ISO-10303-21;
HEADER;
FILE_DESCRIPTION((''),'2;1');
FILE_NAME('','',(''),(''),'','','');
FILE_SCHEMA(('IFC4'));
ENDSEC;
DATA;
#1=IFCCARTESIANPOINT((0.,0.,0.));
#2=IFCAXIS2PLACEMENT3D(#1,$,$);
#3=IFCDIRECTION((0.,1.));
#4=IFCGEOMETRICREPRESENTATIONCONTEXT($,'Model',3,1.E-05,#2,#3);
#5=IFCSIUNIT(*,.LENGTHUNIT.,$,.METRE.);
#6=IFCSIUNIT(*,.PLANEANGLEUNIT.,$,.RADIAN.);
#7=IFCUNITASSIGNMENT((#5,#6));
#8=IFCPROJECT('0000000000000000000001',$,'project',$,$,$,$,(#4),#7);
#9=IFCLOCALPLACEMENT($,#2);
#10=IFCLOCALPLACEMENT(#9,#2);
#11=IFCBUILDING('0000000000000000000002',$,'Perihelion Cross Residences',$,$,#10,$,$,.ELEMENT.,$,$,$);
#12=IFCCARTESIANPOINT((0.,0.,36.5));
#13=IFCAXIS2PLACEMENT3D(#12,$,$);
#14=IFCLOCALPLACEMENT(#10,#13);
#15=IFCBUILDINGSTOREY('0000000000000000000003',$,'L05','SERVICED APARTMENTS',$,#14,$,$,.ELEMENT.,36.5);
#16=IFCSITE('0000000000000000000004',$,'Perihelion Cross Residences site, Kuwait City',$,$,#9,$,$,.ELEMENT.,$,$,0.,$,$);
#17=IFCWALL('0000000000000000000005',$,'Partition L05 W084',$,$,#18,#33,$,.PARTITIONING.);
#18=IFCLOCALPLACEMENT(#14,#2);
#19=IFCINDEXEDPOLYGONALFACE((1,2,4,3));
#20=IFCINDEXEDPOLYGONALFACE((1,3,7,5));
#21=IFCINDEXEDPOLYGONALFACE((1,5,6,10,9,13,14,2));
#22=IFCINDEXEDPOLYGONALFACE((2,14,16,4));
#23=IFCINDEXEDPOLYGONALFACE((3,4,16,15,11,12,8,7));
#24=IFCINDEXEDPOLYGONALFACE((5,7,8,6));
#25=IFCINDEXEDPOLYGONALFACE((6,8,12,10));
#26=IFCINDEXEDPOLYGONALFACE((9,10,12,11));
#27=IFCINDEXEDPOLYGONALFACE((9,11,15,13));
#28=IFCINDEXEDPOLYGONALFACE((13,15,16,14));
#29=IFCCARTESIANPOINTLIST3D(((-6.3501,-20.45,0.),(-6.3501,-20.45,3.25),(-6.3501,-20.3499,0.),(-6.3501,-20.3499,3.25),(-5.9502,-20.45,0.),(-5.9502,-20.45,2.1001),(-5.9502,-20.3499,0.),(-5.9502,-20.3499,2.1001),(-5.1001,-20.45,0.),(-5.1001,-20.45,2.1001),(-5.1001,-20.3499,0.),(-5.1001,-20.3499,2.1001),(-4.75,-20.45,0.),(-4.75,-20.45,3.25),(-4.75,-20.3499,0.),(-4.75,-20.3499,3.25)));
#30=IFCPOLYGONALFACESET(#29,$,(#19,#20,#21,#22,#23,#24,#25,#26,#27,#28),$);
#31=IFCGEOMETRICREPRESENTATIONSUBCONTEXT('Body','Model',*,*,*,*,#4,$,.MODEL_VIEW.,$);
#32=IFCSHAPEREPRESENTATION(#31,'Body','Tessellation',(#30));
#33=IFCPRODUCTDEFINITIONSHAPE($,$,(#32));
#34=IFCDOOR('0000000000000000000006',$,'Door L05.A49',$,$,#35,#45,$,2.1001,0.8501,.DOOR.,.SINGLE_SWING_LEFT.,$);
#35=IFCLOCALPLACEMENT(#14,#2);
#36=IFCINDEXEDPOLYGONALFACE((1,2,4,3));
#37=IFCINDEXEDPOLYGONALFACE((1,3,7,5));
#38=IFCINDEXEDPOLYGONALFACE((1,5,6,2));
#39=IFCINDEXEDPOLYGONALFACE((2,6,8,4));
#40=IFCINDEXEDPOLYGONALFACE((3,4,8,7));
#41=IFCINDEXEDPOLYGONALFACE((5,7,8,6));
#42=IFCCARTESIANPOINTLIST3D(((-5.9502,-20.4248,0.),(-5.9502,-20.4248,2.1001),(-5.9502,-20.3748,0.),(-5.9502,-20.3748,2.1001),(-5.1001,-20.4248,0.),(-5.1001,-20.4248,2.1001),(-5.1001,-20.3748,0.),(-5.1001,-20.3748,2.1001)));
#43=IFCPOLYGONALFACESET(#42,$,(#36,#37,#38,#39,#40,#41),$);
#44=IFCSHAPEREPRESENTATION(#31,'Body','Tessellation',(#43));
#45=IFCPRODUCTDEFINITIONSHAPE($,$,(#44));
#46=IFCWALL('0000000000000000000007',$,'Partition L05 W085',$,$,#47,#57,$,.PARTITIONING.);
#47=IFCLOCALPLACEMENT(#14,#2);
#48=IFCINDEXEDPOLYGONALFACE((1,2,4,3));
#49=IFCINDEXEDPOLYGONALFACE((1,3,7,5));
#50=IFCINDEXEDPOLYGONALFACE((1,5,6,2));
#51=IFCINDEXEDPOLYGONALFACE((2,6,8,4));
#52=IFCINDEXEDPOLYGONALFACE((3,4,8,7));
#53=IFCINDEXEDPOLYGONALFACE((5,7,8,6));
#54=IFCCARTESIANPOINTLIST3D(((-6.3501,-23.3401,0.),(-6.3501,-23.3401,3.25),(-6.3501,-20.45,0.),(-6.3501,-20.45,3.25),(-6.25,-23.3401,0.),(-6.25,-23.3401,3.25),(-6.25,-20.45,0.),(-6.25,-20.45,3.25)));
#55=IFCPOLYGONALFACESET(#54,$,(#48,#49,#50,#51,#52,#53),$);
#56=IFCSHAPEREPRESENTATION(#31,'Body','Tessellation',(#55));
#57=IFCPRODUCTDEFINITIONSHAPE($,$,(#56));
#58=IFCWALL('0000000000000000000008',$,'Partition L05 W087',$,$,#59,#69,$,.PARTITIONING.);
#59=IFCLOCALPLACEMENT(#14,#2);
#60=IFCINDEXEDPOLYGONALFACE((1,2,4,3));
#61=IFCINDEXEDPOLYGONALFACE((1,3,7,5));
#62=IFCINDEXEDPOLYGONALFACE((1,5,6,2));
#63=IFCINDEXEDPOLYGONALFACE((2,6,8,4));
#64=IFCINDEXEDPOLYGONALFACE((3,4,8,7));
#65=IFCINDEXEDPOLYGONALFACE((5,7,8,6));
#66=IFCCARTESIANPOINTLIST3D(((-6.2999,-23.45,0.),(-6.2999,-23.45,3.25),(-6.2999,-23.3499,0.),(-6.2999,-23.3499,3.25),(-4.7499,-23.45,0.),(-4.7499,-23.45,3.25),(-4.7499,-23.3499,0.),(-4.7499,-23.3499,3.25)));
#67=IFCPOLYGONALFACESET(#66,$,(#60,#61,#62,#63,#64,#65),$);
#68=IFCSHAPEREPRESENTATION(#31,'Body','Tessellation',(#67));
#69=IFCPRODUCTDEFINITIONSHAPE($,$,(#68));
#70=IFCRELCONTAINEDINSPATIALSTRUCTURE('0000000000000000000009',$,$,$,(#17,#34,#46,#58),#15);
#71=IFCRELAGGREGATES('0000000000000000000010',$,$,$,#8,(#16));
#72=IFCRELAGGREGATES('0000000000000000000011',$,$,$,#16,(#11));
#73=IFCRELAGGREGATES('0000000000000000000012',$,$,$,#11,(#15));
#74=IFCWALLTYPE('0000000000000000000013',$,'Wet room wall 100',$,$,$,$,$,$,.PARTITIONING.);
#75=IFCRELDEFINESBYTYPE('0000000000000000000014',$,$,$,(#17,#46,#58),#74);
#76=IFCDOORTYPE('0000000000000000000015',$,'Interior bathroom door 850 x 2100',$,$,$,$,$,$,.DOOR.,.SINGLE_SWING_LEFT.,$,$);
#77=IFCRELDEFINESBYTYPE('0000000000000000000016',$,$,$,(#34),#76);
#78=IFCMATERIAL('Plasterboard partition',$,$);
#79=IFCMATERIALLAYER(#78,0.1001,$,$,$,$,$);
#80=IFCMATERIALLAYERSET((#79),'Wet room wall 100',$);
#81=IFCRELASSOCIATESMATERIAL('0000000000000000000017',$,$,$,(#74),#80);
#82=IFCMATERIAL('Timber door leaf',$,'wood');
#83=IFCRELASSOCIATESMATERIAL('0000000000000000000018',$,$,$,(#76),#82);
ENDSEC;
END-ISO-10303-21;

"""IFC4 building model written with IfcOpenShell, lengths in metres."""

from ifc_helpers import new_model, si_unit, direction, frame, frame_2d, origin, place, context, subcontext, project, spatial, rectangle, extrude, material, layer, layer_set, type_object, element, fill, save


model = new_model("IFC4")

# Units and contexts
model_context = context("Model", 3, precision=1e-05, world=origin(), true_north=direction((0.0, 1.0)))
body_context = subcontext(model_context, "Body", "Model", "MODEL_VIEW")
ifc_project = project(units=[si_unit("LENGTHUNIT", "METRE"), si_unit("PLANEANGLEUNIT", "RADIAN")], contexts=[model_context])

# Site, building, storey
site_placement = place(None, origin())
site = spatial("IfcSite", under=ifc_project, at=site_placement, Name="Perihelion Cross Residences site, Kuwait City", CompositionType="ELEMENT", RefElevation=0.0)
building_placement = place(site_placement, origin())
building = spatial("IfcBuilding", under=site, at=building_placement, Name="Perihelion Cross Residences", CompositionType="ELEMENT")
storey_placement = place(building_placement, frame((0.0, 0.0, 36.5)))
storey = spatial("IfcBuildingStorey", under=building, at=storey_placement, Name="L05", Description="SERVICED APARTMENTS", CompositionType="ELEMENT", Elevation=36.5)

# Wall, opening, door
ifc_material_1 = material(Name="Plasterboard partition")
ifc_layer_1 = layer(ifc_material_1, 0.1001)
ifc_layer_set_1 = layer_set([ifc_layer_1], Name="Wet room wall 100")
wall_type_1 = type_object("IfcWallType", Name="Wet room wall 100", PredefinedType="PARTITIONING", material=ifc_layer_set_1)
wall_1_placement = place(storey_placement, frame((-4.75, -20.3999, 0.0), z_axis=(0.0, 0.0, 1.0), x_axis=(-1.0, 0.0, 0.0)))
wall_1 = element("IfcWall", 1, at=wall_1_placement, inside=storey, type_object=wall_type_1, Name="Partition L05 W084", PredefinedType="PARTITIONING", context=body_context, shape_type="SweptSolid", body=[
    extrude(rectangle(XDim=1.6001, YDim=0.1001, at=frame_2d((0.8, 0.0))), origin(), (0.0, 0.0, 1.0), 3.25),
])
opening_1_placement = place(wall_1_placement, frame((0.3501, 0.0, 0.0)))
opening_1 = element("IfcOpeningElement", 2, at=opening_1_placement, cuts=wall_1, PredefinedType="OPENING", context=body_context, shape_type="SweptSolid", body=[
    extrude(rectangle(XDim=0.8501, YDim=2.1001, at=frame_2d((0.425, 1.05))), frame((0.0, 0.0601, 0.0), z_axis=(0.0, -1.0, 0.0), x_axis=(1.0, 0.0, 0.0)), (0.0, 0.0, 1.0), 0.1201),
])
ifc_material_2 = material(Name="Timber door leaf", Category="wood")
door_type_1 = type_object("IfcDoorType", Name="Interior bathroom door 850 x 2100", OperationType="SINGLE_SWING_LEFT", PredefinedType="DOOR", material=ifc_material_2)
door_1_placement = place(opening_1_placement, origin())
door_1 = element("IfcDoor", 3, at=door_1_placement, inside=storey, type_object=door_type_1, Name="Door L05.A49", OperationType="SINGLE_SWING_LEFT", OverallHeight=2.1001, OverallWidth=0.8501, PredefinedType="DOOR", context=body_context, shape_type="SweptSolid", body=[
    extrude(rectangle(XDim=0.8501, YDim=2.1001, at=frame_2d((0.425, 1.05))), frame((0.0, 0.0249, 0.0), z_axis=(0.0, -1.0, 0.0), x_axis=(1.0, 0.0, 0.0)), (0.0, 0.0, 1.0), 0.05),
])
fill(opening_1, door_1)

# Walls
wall_2_placement = place(storey_placement, frame((-6.3, -20.45, 0.0), z_axis=(0.0, 0.0, 1.0), x_axis=(0.0, -1.0, 0.0)))
element("IfcWall", 4, at=wall_2_placement, inside=storey, type_object=wall_type_1, Name="Partition L05 W085", PredefinedType="PARTITIONING", context=body_context, shape_type="SweptSolid", body=[
    extrude(rectangle(XDim=2.8901, YDim=0.1001, at=frame_2d((1.4451, 0.0))), origin(), (0.0, 0.0, 1.0), 3.25),
])
wall_3_placement = place(storey_placement, frame((-4.75, -23.3999, 0.0), z_axis=(0.0, 0.0, 1.0), x_axis=(-1.0, 0.0, 0.0)))
element("IfcWall", 5, at=wall_3_placement, inside=storey, type_object=wall_type_1, Name="Partition L05 W087", PredefinedType="PARTITIONING", context=body_context, shape_type="SweptSolid", body=[
    extrude(rectangle(XDim=1.55, YDim=0.1001, at=frame_2d((0.7749, 0.0))), origin(), (0.0, 0.0, 1.0), 3.25),
])

save(model, "model.ifc")
